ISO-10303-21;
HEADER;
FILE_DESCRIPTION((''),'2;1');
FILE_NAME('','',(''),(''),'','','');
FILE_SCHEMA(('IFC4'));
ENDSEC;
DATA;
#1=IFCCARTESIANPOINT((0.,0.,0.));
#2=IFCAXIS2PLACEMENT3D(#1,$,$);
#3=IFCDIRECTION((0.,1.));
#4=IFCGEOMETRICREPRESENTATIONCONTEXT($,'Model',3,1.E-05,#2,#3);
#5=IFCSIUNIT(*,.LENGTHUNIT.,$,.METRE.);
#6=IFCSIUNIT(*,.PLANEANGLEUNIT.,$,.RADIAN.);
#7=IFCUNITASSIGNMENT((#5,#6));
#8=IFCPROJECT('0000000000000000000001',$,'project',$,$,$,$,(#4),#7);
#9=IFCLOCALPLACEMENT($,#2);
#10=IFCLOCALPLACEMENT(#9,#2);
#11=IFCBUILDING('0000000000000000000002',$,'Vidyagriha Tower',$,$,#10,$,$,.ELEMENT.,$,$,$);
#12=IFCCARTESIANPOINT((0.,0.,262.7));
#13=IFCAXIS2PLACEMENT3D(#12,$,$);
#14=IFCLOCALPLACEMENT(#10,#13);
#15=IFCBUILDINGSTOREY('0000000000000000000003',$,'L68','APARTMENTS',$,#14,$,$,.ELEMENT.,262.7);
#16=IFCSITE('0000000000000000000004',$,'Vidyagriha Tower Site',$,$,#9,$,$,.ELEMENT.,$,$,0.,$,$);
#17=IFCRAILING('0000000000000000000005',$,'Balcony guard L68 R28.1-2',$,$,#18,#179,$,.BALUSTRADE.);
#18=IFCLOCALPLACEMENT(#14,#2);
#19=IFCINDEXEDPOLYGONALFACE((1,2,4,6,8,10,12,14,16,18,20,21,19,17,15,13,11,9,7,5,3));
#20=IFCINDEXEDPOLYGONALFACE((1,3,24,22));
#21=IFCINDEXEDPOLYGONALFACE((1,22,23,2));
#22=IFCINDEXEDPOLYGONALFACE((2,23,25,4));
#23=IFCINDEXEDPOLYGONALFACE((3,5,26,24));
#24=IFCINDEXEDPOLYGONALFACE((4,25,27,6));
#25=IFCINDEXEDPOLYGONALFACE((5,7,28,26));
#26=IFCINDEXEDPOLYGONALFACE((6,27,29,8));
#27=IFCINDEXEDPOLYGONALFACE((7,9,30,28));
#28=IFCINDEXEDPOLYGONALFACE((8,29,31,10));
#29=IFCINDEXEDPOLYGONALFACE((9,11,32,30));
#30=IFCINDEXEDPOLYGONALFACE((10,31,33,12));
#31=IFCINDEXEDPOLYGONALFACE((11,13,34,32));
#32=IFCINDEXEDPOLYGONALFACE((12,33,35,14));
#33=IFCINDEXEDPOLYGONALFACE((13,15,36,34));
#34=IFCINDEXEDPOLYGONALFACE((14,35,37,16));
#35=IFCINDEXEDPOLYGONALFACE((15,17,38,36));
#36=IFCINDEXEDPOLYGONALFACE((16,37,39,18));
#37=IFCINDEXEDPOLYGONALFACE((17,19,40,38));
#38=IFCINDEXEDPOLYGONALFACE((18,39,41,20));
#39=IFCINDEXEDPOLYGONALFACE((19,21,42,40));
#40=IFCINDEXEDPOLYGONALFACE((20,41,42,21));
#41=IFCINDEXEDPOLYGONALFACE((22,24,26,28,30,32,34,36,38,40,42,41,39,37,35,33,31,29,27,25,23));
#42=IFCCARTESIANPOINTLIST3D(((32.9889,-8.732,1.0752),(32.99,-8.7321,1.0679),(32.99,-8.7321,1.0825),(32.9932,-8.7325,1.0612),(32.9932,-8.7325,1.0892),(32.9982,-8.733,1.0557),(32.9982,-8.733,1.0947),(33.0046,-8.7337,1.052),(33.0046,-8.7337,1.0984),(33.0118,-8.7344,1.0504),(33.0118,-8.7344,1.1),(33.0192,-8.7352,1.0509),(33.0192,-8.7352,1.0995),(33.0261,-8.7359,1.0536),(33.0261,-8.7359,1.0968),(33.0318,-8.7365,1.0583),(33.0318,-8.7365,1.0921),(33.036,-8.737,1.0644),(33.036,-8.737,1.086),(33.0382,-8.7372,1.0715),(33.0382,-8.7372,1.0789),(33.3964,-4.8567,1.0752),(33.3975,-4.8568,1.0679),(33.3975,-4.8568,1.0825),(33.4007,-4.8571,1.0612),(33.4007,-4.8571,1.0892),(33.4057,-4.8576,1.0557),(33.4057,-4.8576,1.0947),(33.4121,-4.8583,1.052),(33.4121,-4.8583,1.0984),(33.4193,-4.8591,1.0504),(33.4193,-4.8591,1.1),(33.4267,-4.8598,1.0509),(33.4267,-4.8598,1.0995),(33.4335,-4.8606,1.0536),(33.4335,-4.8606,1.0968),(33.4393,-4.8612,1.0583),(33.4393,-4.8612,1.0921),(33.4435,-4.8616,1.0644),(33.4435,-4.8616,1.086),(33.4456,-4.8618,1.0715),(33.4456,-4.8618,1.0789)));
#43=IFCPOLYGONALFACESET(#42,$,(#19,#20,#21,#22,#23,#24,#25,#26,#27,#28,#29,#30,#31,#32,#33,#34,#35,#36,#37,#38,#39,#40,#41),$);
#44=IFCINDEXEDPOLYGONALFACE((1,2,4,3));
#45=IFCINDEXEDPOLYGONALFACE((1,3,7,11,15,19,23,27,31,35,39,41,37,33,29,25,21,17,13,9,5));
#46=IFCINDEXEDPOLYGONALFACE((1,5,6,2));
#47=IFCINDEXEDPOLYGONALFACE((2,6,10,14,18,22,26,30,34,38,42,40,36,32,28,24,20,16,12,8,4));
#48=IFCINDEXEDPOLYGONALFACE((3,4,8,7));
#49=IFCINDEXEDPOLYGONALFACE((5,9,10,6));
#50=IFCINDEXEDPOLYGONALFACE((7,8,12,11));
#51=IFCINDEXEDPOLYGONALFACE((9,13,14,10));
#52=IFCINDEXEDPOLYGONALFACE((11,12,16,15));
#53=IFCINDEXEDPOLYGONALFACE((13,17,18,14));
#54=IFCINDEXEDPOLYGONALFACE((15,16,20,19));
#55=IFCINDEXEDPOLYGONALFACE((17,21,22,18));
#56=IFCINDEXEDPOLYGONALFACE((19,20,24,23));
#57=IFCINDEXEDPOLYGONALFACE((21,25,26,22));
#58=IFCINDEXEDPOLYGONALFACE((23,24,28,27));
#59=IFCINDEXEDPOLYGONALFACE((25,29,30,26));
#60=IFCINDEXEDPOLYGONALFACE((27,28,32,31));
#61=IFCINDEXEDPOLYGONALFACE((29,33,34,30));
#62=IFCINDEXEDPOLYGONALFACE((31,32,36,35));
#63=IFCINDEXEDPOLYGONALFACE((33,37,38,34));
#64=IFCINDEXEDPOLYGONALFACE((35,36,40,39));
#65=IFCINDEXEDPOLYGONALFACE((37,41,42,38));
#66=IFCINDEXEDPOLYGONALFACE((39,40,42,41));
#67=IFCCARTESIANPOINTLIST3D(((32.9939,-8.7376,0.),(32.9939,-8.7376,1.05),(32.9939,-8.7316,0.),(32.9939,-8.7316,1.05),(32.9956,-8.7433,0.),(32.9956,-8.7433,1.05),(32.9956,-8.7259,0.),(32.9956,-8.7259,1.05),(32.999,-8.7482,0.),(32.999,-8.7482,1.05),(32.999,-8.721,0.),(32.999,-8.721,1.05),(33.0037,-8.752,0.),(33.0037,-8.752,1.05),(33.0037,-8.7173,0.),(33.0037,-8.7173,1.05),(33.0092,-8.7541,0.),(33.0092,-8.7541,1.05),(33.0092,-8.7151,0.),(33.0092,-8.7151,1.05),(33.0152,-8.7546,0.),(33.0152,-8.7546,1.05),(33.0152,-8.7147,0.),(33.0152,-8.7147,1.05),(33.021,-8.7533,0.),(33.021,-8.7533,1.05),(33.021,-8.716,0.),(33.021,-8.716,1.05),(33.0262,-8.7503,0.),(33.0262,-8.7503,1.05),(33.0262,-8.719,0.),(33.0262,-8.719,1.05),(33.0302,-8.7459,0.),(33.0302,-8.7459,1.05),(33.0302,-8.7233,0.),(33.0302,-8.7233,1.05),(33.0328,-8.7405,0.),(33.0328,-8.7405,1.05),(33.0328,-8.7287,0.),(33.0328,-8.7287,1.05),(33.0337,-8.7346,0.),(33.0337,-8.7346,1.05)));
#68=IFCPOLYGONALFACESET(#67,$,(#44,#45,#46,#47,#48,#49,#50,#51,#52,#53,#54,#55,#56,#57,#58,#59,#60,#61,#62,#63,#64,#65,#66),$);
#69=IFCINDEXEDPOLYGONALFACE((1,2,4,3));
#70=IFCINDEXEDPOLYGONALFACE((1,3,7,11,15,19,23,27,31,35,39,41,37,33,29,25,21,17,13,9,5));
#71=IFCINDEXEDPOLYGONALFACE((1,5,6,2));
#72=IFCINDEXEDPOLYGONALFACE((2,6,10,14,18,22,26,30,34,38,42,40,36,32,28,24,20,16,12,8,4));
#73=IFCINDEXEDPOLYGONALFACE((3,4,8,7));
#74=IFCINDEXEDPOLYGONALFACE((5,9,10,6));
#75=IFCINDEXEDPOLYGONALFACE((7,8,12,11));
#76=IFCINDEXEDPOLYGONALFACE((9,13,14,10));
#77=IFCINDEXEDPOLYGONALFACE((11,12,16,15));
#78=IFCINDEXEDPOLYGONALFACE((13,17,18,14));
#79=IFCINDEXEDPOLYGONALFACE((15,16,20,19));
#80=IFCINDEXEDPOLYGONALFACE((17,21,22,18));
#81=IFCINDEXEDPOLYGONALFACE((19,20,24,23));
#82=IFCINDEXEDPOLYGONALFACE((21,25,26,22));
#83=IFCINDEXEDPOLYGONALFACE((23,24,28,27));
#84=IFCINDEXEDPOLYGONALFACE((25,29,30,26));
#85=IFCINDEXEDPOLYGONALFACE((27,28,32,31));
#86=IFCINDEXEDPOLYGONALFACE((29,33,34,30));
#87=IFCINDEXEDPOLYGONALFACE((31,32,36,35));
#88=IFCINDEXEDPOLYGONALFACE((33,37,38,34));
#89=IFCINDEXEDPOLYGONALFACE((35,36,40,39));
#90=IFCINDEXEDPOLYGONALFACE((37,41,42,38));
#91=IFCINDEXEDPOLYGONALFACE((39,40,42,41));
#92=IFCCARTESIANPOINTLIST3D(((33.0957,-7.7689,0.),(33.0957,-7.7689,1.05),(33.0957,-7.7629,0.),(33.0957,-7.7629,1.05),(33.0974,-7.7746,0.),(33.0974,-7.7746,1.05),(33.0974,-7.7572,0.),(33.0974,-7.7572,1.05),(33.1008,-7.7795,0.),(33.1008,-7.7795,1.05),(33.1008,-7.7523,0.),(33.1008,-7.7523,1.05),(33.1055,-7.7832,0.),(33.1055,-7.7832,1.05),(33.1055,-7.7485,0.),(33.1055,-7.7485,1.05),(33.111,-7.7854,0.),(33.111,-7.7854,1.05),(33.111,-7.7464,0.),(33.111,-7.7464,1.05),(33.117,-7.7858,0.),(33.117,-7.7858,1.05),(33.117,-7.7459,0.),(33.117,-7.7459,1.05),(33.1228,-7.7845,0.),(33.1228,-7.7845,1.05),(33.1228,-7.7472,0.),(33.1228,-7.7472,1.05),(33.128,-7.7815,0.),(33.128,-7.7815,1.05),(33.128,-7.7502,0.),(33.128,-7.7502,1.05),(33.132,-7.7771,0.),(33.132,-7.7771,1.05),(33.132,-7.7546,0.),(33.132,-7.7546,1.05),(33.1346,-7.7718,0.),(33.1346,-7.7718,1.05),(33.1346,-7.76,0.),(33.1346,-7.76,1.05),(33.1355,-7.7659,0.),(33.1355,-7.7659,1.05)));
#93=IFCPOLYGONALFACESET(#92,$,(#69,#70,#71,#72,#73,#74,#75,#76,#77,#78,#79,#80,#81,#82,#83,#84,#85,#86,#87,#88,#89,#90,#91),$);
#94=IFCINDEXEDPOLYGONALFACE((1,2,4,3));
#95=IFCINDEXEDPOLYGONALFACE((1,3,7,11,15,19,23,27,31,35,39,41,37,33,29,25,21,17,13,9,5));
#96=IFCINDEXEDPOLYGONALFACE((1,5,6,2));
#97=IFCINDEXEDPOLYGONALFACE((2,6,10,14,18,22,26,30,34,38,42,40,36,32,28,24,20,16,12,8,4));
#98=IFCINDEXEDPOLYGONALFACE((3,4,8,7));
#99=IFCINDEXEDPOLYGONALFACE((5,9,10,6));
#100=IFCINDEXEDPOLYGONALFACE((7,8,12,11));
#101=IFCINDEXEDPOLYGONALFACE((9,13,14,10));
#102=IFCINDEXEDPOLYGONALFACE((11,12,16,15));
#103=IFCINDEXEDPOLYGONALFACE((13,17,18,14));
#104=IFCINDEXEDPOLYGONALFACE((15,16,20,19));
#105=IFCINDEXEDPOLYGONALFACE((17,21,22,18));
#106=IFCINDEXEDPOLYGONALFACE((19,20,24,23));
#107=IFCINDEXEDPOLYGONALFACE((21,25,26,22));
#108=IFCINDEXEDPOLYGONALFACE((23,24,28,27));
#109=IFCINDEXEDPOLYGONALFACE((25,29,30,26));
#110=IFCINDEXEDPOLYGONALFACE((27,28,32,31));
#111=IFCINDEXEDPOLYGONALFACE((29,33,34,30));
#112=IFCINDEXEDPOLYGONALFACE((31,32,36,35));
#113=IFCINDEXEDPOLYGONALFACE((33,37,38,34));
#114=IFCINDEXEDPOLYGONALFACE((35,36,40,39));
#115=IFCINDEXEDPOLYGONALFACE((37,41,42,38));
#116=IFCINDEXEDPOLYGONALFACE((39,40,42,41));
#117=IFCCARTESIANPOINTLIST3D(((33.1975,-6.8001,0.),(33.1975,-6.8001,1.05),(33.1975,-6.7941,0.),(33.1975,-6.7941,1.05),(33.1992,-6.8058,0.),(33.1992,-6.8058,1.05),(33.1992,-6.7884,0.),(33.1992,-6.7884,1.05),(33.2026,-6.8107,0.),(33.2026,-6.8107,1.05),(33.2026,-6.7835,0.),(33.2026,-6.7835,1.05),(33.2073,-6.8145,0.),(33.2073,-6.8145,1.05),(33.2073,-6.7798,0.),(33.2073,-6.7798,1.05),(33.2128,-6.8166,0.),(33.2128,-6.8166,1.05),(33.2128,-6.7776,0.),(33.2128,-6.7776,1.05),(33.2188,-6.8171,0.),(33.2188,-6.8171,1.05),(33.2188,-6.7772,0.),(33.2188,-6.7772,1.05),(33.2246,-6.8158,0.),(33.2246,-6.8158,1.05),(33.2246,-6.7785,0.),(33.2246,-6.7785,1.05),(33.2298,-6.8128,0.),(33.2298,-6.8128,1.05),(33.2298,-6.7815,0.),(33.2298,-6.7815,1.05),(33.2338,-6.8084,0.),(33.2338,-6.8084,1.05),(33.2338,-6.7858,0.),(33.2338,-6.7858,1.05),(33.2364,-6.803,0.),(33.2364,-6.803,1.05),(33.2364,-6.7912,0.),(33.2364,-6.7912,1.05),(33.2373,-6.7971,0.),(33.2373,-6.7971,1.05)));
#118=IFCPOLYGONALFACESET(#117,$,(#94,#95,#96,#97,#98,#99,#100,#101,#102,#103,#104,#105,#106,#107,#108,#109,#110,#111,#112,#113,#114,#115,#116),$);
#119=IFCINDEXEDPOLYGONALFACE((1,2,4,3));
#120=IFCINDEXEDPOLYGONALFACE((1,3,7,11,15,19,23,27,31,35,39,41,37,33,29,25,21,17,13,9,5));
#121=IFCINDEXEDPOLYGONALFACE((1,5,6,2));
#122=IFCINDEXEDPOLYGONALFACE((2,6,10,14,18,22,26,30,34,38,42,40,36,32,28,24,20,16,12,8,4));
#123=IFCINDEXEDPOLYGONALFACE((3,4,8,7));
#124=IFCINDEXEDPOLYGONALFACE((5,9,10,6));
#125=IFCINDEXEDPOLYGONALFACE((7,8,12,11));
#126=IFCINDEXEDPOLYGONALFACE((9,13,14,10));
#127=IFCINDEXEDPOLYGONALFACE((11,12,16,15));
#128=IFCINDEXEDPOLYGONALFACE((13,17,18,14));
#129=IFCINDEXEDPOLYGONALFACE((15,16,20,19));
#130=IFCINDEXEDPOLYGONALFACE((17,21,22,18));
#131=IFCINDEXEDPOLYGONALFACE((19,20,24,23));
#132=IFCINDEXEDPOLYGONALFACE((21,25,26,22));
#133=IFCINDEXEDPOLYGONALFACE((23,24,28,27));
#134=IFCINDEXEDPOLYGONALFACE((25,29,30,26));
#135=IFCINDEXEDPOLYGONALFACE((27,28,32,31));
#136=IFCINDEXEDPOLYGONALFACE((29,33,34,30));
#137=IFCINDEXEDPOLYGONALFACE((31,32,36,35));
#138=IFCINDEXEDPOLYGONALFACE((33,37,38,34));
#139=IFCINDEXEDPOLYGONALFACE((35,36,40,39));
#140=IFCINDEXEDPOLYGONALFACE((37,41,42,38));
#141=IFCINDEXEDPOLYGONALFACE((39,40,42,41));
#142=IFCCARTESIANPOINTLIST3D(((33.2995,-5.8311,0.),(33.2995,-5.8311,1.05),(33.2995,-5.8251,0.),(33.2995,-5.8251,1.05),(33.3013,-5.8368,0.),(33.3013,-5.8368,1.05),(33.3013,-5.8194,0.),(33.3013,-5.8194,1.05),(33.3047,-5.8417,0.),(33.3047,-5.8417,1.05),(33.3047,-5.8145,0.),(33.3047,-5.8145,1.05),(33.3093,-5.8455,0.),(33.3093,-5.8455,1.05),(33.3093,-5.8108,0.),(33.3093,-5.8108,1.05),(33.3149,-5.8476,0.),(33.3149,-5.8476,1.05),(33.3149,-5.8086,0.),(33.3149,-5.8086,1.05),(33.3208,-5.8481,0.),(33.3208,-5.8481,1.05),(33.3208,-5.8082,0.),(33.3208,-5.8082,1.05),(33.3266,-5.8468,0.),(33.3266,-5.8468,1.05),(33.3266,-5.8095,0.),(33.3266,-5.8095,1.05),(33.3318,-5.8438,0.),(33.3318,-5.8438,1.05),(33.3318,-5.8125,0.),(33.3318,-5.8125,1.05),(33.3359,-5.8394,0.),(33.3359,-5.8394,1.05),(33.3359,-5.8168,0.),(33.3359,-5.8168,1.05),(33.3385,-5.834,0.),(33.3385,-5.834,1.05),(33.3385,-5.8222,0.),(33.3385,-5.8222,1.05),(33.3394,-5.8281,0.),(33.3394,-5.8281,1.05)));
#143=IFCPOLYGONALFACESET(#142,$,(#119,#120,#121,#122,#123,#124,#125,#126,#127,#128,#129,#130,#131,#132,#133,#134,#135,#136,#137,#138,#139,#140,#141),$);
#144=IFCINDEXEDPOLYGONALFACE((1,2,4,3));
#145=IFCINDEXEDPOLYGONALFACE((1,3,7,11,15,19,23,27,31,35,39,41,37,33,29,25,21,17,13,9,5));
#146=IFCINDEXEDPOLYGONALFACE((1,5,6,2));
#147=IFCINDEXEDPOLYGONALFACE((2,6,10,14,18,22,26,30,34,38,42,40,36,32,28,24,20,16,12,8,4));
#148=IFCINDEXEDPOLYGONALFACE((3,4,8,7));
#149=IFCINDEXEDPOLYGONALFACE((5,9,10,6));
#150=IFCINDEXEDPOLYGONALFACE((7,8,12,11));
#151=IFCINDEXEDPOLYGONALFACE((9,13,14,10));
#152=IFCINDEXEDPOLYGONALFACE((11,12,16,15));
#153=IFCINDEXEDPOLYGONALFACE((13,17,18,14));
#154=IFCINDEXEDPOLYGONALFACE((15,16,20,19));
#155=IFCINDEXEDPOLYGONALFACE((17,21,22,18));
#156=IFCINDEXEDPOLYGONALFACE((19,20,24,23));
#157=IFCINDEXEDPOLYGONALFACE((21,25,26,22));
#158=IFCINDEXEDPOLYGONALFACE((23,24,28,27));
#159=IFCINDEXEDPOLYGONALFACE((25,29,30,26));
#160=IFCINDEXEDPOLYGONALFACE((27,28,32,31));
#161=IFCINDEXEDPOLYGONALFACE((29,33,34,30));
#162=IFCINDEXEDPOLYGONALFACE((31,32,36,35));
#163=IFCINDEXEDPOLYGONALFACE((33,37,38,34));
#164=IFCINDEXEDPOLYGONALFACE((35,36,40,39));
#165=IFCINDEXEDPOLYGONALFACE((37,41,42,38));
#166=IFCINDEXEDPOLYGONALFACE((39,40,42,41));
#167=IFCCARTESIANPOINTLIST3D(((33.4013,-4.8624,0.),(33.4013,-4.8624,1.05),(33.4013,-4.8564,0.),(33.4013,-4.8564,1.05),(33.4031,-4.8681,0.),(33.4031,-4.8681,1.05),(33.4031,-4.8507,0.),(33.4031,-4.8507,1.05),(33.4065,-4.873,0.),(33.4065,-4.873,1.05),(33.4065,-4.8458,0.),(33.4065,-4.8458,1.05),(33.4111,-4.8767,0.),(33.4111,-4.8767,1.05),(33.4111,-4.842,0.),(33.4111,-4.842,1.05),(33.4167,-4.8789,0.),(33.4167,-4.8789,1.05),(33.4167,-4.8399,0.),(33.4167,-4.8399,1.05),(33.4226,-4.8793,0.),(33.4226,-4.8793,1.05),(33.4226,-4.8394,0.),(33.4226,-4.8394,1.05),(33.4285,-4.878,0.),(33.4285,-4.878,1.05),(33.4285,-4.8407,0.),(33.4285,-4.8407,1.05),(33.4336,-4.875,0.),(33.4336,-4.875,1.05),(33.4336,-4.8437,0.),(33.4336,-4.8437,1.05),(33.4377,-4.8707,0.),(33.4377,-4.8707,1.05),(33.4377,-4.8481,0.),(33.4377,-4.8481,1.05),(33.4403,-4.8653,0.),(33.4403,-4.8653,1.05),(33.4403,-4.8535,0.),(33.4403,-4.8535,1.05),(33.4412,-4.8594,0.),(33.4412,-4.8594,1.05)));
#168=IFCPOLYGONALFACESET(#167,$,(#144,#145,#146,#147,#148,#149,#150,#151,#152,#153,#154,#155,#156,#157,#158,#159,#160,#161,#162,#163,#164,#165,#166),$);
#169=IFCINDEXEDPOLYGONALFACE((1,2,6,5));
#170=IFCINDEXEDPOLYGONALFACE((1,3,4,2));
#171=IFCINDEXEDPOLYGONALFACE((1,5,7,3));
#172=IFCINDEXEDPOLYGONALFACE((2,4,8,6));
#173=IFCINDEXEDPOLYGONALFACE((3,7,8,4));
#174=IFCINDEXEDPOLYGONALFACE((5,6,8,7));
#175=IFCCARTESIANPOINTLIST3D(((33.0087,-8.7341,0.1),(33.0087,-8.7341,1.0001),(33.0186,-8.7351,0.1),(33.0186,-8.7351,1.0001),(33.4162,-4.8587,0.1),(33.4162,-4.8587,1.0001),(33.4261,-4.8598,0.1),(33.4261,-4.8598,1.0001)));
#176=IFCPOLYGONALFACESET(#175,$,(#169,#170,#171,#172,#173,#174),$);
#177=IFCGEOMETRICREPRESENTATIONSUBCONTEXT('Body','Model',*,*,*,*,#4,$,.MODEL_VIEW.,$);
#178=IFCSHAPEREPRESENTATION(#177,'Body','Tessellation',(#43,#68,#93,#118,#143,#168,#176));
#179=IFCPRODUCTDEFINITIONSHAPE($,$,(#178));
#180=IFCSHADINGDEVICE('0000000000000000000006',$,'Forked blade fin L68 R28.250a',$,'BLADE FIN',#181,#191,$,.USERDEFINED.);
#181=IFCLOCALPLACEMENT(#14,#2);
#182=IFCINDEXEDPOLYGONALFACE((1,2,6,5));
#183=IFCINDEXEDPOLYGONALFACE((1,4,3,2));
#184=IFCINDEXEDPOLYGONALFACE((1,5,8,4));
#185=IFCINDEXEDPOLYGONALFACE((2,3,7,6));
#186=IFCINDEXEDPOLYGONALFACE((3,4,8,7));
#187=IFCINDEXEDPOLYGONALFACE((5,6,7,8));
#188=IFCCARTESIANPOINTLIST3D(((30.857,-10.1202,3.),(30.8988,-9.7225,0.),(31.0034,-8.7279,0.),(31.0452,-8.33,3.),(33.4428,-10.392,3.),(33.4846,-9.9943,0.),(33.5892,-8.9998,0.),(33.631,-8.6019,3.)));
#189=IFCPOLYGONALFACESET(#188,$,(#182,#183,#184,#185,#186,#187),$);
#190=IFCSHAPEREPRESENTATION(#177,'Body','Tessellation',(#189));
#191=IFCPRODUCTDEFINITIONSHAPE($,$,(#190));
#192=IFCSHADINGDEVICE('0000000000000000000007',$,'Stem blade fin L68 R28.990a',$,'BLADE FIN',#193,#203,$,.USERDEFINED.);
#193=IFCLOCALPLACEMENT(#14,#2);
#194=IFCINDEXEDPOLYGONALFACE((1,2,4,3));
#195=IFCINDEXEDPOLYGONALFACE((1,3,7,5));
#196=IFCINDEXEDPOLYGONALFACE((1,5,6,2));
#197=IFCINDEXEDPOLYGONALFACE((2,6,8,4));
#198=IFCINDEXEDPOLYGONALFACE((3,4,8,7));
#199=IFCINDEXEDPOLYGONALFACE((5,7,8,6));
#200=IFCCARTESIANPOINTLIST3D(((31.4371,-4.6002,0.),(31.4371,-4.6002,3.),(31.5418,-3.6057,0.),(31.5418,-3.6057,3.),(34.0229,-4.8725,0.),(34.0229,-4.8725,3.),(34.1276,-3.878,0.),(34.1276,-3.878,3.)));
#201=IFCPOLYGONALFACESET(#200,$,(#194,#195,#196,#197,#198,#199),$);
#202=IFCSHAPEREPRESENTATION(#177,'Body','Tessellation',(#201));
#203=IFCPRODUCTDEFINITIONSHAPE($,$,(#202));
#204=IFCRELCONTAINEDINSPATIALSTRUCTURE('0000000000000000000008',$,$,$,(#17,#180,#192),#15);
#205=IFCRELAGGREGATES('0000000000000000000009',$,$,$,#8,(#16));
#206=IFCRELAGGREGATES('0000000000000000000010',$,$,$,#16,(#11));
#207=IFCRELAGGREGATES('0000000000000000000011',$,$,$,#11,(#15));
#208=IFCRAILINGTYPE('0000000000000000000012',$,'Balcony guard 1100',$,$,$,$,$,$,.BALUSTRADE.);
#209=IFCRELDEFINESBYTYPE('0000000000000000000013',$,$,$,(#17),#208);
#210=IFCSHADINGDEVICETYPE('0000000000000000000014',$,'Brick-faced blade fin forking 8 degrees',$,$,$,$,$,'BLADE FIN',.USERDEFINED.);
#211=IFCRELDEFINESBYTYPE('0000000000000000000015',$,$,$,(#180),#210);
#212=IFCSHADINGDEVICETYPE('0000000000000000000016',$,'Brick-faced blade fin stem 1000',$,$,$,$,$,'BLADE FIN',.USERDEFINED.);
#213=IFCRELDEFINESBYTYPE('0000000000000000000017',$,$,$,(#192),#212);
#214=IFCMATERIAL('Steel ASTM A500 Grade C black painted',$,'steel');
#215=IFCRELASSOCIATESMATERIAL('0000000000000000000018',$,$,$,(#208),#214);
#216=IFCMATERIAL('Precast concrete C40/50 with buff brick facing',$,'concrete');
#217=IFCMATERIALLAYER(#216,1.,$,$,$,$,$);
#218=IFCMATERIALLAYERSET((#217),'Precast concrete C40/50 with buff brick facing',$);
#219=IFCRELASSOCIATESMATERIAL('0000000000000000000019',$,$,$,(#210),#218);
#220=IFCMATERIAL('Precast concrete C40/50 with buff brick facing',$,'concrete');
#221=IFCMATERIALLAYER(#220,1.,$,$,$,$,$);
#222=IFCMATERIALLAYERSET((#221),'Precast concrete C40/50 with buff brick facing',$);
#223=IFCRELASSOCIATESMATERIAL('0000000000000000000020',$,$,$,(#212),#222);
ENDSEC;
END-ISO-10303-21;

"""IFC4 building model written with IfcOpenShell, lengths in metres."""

from ifc_helpers import new_model, si_unit, direction, frame, origin, origin_2d, place, context, subcontext, project, spatial, polyline, rectangle, circle, outline, extrude, material, layer, layer_set, type_object, element, save


model = new_model("IFC4")

# Units and contexts
model_context = context("Model", 3, precision=1e-05, world=origin(), true_north=direction((0.0, 1.0)))
body_context = subcontext(model_context, "Body", "Model", "MODEL_VIEW")
ifc_project = project(units=[si_unit("LENGTHUNIT", "METRE"), si_unit("PLANEANGLEUNIT", "RADIAN")], contexts=[model_context])

# Site, building, storey
site_placement = place(None, origin())
site = spatial("IfcSite", under=ifc_project, at=site_placement, Name="Vidyagriha Tower Site", CompositionType="ELEMENT", RefElevation=0.0)
building_placement = place(site_placement, origin())
building = spatial("IfcBuilding", under=site, at=building_placement, Name="Vidyagriha Tower", CompositionType="ELEMENT")
storey_placement = place(building_placement, frame((0.0, 0.0, 262.7)))
storey = spatial("IfcBuildingStorey", under=building, at=storey_placement, Name="L68", Description="APARTMENTS", CompositionType="ELEMENT", Elevation=262.7)

# Railing
ifc_material_1 = material(Name="Steel ASTM A500 Grade C black painted", Category="steel")
railing_type_1 = type_object("IfcRailingType", Name="Balcony guard 1100", PredefinedType="BALUSTRADE", material=ifc_material_1)
railing_1_placement = place(storey_placement, frame((33.0137, -8.7346, 0.0)))
element("IfcRailing", 1, at=railing_1_placement, inside=storey, type_object=railing_type_1, Name="Balcony guard L68 R28.1-2", PredefinedType="BALUSTRADE", context=body_context, shape_type="SweptSolid", body=[
    extrude(circle(Radius=0.0249, at=origin_2d()), frame((0.0, 0.0, 1.0752), z_axis=(0.104571, 0.994517, 0.0), x_axis=(-0.994517, 0.104571, 0.0)), (0.0, 0.0, 1.0), 3.8967),
    extrude(circle(Radius=0.02, at=origin_2d()), origin(), (0.0, 0.0, 1.0), 1.05),
    extrude(circle(Radius=0.02, at=origin_2d()), frame((0.1018, 0.9688, 0.0)), (0.0, 0.0, 1.0), 1.05),
    extrude(circle(Radius=0.02, at=origin_2d()), frame((0.2036, 1.9375, 0.0)), (0.0, 0.0, 1.0), 1.05),
    extrude(circle(Radius=0.02, at=origin_2d()), frame((0.3057, 2.9065, 0.0)), (0.0, 0.0, 1.0), 1.05),
    extrude(circle(Radius=0.02, at=origin_2d()), frame((0.4075, 3.8752, 0.0)), (0.0, 0.0, 1.0), 1.05),
    extrude(rectangle(XDim=0.01, YDim=0.9001, at=origin_2d()), frame((0.0, 0.0, 0.55), z_axis=(0.104571, 0.994517, 0.0), x_axis=(-0.994517, 0.104571, 0.0)), (0.0, 0.0, 1.0), 3.8967),
])

# Shading devices
ifc_material_2 = material(Name="Precast concrete C40/50 with buff brick facing", Category="concrete")
ifc_layer_1 = layer(ifc_material_2, 1.0)
ifc_layer_set_1 = layer_set([ifc_layer_1], Name="Precast concrete C40/50 with buff brick facing")
shading_device_type_1 = type_object("IfcShadingDeviceType", Name="Brick-faced blade fin forking 8 degrees", ElementType="BLADE FIN", PredefinedType="USERDEFINED", material=ifc_layer_set_1)
shading_device_1_placement = place(storey_placement, frame((32.1499, -10.2561, 0.0), z_axis=(0.0, 0.0, 1.0), x_axis=(0.104565, 0.994518, 0.0)))
element("IfcShadingDevice", 2, at=shading_device_1_placement, inside=storey, type_object=shading_device_type_1, Name="Forked blade fin L68 R28.250a", ObjectType="BLADE FIN", PredefinedType="USERDEFINED", context=body_context, shape_type="SweptSolid", body=[
    extrude(outline(polyline([(0.3999, 0.0), (1.3999, 0.0), (1.8, 3.0), (0.0, 3.0), (0.3999, 0.0)])), frame((0.0, 1.3, 0.0), z_axis=(0.0, -1.0, 0.0), x_axis=(1.0, 0.0, 0.0)), (0.0, 0.0, 1.0), 2.6001),
])
ifc_material_3 = material(Name="Precast concrete C40/50 with buff brick facing", Category="concrete")
ifc_layer_2 = layer(ifc_material_3, 1.0)
ifc_layer_set_2 = layer_set([ifc_layer_2], Name="Precast concrete C40/50 with buff brick facing")
shading_device_type_2 = type_object("IfcShadingDeviceType", Name="Brick-faced blade fin stem 1000", ElementType="BLADE FIN", PredefinedType="USERDEFINED", material=ifc_layer_set_2)
shading_device_2_placement = place(storey_placement, frame((32.73, -4.7363, 0.0), z_axis=(0.0, 0.0, 1.0), x_axis=(0.104748, 0.994499, 0.0)))
element("IfcShadingDevice", 3, at=shading_device_2_placement, inside=storey, type_object=shading_device_type_2, Name="Stem blade fin L68 R28.990a", ObjectType="BLADE FIN", PredefinedType="USERDEFINED", context=body_context, shape_type="SweptSolid", body=[
    extrude(outline(polyline([(0.0, 0.0), (1.0, 0.0), (1.0, 3.0), (0.0, 3.0), (0.0, 0.0)])), frame((0.0, 1.3, 0.0), z_axis=(0.0, -1.0, 0.0), x_axis=(1.0, 0.0, 0.0)), (0.0, 0.0, 1.0), 2.6001),
])

save(model, "model.ifc")
